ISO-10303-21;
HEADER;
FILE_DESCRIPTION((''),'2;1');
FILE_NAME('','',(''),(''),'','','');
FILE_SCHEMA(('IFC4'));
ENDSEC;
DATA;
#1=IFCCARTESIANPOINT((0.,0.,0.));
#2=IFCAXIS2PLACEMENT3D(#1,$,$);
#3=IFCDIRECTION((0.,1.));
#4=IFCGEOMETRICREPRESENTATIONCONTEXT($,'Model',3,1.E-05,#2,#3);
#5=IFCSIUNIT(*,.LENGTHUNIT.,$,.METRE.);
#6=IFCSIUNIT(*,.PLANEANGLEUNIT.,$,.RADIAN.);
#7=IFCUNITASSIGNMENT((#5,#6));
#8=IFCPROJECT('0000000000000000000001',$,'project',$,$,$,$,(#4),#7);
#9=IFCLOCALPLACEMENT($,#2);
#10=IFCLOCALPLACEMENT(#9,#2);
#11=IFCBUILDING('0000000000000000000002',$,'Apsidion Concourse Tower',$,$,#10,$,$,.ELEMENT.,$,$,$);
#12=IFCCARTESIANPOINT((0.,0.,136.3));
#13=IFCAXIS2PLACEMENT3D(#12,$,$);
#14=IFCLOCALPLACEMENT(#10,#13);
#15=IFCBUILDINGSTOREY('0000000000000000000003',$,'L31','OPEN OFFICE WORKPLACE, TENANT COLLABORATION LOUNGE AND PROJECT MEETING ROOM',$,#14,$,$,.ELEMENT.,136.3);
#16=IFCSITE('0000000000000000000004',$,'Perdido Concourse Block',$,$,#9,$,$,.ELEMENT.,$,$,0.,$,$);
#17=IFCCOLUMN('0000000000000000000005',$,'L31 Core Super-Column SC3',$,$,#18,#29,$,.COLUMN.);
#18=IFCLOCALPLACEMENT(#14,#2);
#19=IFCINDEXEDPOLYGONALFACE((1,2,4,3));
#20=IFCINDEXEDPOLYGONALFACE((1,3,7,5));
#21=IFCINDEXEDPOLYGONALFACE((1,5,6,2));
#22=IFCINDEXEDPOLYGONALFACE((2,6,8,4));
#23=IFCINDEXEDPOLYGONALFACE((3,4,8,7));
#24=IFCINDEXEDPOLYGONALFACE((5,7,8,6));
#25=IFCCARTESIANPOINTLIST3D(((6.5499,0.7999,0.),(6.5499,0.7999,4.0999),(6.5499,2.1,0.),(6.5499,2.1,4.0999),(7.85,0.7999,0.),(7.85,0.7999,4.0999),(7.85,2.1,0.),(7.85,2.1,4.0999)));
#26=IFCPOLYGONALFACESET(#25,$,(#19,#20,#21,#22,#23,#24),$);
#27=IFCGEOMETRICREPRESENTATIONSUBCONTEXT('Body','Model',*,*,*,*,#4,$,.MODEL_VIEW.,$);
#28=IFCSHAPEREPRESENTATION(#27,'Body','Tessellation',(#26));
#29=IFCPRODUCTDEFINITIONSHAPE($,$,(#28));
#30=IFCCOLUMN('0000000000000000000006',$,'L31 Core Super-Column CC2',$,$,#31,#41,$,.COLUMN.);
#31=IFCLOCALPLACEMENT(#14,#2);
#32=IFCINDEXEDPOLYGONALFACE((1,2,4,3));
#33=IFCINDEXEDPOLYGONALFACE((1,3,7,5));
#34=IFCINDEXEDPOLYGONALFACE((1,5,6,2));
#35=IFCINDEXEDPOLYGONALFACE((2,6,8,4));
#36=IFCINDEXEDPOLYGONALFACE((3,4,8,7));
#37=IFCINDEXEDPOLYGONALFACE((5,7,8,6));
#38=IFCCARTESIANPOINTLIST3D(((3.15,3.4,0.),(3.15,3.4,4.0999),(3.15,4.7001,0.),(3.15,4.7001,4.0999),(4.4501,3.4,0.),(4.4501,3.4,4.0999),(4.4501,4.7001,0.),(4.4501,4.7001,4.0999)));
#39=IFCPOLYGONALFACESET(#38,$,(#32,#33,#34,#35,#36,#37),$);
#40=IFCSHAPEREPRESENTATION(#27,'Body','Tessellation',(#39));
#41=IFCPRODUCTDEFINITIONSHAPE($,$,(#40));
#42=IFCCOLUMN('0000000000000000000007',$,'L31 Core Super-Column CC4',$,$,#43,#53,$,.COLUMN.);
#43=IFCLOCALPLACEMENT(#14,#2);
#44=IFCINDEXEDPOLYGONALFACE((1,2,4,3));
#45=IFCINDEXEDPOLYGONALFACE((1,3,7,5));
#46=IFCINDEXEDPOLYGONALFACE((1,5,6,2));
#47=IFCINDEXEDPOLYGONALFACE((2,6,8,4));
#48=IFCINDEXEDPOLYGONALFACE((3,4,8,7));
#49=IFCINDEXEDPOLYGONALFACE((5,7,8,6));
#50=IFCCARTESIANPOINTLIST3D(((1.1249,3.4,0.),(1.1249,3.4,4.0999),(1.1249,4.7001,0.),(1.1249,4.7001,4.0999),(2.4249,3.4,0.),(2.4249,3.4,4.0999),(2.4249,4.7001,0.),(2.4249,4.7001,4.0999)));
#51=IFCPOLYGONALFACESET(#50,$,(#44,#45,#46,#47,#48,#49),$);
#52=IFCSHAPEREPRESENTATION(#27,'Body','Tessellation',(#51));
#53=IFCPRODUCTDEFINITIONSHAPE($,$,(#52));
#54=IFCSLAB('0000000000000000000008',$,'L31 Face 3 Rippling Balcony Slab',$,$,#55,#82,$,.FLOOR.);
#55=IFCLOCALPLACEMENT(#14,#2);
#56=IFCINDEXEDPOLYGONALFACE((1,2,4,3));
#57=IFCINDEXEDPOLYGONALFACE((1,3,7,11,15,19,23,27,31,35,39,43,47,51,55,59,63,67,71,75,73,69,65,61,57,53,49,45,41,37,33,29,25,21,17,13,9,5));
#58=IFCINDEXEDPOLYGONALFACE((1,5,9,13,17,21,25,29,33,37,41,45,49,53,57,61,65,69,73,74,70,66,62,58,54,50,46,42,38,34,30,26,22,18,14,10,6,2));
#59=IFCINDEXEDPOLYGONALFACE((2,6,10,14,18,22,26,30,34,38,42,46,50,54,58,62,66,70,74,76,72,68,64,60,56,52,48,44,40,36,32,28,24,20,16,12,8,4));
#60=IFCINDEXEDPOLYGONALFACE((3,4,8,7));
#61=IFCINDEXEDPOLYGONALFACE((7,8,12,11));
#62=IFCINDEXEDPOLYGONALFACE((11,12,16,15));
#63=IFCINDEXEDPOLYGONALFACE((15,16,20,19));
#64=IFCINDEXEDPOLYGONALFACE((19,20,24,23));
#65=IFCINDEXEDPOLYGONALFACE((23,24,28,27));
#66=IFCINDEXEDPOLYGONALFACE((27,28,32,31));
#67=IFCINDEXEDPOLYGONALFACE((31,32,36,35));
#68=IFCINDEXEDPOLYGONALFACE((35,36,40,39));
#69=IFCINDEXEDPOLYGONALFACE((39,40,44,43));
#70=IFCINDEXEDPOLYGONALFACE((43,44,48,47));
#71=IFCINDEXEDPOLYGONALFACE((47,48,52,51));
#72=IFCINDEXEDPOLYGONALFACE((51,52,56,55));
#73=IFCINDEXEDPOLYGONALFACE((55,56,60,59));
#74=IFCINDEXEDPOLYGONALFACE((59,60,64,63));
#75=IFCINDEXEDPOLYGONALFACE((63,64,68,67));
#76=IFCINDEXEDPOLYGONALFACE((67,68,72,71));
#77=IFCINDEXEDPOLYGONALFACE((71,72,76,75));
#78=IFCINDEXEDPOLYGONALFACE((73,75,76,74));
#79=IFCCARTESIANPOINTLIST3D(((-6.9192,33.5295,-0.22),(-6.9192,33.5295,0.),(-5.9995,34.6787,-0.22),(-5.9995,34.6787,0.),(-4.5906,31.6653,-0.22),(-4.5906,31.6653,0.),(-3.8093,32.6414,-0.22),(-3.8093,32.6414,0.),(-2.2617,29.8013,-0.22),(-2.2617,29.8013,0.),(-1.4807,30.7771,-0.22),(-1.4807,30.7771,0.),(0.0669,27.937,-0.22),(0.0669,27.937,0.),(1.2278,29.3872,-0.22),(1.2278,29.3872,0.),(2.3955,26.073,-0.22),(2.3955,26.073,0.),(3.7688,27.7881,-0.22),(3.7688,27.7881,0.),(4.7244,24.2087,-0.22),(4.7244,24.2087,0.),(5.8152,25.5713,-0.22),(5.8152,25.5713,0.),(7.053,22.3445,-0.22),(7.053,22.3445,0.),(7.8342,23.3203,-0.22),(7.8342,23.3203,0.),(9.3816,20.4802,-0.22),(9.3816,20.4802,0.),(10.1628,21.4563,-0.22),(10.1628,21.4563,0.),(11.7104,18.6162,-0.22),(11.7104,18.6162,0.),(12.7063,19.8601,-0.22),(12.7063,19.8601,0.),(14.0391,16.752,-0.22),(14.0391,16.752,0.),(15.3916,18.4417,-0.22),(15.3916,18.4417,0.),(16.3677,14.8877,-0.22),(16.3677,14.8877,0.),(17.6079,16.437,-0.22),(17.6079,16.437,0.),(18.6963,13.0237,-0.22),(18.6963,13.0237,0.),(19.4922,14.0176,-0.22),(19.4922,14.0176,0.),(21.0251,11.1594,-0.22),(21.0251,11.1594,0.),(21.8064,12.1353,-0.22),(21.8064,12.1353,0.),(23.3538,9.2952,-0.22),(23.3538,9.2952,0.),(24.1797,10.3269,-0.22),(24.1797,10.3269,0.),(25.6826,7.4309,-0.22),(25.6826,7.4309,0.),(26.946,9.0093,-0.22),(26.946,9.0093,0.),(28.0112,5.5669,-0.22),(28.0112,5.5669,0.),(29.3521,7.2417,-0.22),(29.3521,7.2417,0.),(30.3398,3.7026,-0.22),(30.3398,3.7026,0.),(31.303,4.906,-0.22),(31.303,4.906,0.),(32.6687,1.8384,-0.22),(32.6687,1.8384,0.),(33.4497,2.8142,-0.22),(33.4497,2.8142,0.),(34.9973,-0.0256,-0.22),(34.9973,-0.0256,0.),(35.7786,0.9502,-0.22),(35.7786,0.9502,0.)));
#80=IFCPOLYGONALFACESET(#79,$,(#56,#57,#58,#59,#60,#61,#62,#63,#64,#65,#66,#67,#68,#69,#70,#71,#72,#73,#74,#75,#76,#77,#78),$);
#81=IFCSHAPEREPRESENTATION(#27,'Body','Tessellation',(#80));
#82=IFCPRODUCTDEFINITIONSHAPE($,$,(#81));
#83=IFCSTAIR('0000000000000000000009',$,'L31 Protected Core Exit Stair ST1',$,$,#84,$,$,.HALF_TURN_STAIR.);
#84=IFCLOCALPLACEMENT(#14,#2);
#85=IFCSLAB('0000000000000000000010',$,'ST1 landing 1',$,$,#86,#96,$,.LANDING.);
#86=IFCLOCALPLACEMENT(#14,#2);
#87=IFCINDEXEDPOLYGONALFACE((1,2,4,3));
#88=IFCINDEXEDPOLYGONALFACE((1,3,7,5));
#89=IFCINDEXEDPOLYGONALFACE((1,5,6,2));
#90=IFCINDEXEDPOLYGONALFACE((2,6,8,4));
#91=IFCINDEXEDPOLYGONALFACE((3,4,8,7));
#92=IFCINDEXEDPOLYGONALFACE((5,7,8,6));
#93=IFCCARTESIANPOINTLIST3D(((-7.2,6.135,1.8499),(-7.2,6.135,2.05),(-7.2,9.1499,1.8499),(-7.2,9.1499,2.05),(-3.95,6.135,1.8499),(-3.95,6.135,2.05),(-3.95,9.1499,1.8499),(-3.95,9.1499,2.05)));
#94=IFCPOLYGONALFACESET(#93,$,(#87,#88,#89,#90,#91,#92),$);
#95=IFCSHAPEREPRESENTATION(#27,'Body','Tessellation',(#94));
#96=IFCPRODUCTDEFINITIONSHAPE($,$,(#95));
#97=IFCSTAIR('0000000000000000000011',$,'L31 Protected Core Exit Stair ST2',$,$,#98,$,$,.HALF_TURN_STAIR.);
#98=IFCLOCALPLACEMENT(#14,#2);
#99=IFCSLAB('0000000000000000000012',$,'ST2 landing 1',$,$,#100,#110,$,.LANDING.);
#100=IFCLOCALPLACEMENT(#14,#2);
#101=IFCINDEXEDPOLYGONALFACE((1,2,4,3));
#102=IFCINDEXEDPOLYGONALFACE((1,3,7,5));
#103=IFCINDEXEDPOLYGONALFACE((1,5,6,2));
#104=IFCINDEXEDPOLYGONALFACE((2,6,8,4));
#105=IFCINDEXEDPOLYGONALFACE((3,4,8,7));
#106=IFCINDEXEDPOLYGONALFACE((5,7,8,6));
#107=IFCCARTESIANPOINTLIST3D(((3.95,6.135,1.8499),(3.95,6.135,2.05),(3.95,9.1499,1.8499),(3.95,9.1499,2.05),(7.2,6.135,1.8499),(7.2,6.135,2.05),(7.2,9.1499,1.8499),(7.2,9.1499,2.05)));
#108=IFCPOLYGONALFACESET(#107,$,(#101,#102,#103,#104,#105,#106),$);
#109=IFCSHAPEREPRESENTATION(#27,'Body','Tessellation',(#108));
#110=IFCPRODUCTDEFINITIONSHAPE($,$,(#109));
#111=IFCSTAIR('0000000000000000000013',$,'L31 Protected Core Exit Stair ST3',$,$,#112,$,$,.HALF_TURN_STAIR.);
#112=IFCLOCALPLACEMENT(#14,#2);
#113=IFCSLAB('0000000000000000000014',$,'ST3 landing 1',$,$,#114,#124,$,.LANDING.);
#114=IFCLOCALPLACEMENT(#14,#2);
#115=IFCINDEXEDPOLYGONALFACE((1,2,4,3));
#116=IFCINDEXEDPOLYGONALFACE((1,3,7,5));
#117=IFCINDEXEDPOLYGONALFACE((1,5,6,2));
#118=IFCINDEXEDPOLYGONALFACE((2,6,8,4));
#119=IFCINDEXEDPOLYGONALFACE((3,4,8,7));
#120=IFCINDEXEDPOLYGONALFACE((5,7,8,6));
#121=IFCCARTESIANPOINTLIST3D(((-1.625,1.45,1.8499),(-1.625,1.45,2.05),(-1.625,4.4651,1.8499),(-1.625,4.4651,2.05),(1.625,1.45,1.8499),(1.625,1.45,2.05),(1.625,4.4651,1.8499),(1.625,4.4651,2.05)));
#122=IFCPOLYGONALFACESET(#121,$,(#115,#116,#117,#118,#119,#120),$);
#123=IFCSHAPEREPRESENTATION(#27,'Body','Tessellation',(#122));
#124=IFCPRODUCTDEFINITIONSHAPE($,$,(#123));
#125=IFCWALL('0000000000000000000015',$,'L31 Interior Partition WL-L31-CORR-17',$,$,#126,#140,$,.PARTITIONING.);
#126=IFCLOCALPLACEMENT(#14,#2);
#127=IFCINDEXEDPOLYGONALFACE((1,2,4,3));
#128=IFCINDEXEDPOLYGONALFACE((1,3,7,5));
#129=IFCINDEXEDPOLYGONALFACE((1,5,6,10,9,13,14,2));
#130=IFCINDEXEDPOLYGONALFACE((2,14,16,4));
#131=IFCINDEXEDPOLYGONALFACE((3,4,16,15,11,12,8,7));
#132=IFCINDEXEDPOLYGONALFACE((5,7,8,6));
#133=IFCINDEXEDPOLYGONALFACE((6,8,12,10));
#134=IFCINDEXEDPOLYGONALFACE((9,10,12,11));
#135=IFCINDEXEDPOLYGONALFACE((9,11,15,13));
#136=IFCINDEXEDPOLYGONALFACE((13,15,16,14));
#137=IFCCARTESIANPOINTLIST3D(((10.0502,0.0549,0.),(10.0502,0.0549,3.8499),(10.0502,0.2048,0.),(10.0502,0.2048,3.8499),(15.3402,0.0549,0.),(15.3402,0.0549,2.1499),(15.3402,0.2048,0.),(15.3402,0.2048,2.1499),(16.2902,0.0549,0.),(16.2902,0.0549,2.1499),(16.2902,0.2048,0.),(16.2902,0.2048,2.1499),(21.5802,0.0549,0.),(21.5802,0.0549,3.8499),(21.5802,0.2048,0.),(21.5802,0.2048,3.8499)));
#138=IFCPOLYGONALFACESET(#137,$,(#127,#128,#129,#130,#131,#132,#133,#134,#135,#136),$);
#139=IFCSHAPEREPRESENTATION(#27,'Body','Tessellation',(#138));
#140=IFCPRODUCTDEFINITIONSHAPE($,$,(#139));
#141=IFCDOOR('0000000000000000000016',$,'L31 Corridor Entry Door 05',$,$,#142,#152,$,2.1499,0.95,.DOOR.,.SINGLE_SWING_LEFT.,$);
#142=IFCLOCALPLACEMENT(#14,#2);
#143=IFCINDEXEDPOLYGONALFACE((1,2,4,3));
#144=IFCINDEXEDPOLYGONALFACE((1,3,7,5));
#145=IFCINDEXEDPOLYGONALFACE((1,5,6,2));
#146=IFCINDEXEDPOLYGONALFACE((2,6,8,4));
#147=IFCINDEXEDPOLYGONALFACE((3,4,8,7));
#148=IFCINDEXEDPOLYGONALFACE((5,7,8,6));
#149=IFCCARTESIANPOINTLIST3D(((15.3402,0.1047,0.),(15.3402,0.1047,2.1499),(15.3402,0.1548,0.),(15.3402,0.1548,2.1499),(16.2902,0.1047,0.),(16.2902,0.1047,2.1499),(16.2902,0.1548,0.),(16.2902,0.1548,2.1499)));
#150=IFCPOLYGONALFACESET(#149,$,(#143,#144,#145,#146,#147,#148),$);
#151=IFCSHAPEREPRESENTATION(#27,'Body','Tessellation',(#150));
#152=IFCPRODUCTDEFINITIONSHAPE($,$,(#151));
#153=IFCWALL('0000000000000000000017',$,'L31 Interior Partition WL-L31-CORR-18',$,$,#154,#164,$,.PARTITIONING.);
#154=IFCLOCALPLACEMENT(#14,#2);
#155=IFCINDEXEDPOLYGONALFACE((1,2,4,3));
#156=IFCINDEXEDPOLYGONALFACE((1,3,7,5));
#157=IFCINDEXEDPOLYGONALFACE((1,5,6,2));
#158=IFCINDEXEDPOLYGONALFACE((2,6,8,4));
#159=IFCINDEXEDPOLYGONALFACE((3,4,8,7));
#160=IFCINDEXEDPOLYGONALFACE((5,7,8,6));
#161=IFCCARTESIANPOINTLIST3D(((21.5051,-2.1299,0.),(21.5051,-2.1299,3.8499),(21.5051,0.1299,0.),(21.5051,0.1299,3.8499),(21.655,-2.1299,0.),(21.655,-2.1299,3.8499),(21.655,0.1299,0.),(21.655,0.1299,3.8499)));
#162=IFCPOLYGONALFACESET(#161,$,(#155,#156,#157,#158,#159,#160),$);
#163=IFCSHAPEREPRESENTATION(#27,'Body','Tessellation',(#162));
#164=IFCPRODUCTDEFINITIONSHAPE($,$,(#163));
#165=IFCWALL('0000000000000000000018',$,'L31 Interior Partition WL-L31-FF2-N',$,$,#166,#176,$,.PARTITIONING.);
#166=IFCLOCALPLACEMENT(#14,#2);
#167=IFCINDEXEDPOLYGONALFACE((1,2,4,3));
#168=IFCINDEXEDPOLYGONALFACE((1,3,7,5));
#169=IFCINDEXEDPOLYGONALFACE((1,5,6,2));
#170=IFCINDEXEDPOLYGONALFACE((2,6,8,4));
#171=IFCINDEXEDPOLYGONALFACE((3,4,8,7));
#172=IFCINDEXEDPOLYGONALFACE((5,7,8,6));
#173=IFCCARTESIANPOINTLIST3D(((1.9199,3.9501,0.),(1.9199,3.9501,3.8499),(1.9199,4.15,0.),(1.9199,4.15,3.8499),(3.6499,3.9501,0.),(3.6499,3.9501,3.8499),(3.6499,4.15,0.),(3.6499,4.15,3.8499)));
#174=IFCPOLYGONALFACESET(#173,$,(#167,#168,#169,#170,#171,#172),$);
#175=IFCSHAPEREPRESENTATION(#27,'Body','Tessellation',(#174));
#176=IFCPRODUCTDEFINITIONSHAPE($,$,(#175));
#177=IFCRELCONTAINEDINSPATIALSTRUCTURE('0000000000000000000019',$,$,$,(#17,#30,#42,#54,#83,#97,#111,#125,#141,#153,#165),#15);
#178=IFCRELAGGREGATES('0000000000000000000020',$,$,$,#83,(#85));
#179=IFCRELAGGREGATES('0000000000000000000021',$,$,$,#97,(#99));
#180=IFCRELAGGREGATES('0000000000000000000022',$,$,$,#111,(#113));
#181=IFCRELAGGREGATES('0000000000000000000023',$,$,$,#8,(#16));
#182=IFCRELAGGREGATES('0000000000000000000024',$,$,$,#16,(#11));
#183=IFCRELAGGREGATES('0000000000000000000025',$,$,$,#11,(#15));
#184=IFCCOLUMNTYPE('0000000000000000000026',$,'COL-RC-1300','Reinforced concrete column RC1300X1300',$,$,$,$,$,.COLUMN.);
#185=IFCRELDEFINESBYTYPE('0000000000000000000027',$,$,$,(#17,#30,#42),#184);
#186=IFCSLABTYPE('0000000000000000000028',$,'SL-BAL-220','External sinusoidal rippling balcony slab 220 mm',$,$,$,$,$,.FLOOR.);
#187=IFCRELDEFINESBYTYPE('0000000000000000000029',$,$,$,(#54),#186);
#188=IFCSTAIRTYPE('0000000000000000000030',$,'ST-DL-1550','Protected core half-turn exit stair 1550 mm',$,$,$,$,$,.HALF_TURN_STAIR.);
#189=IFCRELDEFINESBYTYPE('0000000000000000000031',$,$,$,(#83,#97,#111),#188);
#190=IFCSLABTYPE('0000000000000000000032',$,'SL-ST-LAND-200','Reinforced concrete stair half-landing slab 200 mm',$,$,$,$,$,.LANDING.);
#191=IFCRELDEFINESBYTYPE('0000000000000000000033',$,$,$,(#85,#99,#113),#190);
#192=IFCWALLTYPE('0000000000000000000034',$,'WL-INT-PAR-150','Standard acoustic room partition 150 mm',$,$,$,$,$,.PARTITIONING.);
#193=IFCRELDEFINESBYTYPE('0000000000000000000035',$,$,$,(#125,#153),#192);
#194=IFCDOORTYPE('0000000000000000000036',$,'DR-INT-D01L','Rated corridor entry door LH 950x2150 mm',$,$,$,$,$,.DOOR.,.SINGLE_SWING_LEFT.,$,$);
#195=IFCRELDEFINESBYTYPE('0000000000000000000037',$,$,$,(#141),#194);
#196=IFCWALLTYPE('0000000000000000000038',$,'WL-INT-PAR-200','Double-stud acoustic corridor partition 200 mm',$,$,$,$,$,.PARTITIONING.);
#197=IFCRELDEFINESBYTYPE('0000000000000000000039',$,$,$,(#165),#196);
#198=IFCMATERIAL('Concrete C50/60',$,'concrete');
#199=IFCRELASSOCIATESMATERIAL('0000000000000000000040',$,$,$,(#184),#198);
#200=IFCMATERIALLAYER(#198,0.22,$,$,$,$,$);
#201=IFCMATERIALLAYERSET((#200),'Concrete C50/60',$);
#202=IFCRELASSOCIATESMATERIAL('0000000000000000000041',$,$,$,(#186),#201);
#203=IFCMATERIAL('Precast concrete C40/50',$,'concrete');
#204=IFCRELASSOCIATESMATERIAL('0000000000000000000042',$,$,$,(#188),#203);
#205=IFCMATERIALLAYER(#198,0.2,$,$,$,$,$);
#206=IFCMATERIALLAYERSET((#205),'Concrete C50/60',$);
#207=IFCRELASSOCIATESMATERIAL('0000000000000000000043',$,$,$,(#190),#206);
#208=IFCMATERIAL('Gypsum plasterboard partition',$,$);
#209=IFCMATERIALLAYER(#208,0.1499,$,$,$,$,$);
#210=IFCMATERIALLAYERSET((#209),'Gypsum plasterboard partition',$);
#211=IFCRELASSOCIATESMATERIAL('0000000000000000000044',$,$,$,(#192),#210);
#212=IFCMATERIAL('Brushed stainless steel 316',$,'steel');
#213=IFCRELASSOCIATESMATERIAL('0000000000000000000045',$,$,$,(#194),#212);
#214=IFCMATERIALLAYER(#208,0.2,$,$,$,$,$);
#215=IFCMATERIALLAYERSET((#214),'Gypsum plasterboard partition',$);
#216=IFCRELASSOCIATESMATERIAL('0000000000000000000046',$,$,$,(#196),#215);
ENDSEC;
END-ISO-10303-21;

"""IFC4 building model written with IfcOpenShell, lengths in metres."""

from ifc_helpers import new_model, si_unit, direction, frame, frame_2d, origin, origin_2d, place, context, subcontext, project, spatial, polyline, rectangle, outline, extrude, material, layer, layer_set, material_profile, profile_set, type_object, element, fill, aggregate, save


model = new_model("IFC4")

# Units and contexts
model_context = context("Model", 3, precision=1e-05, world=origin(), true_north=direction((0.0, 1.0)))
body_context = subcontext(model_context, "Body", "Model", "MODEL_VIEW")
ifc_project = project(units=[si_unit("LENGTHUNIT", "METRE"), si_unit("PLANEANGLEUNIT", "RADIAN")], contexts=[model_context])

# Site, building, storey
site_placement = place(None, origin())
site = spatial("IfcSite", under=ifc_project, at=site_placement, Name="Perdido Concourse Block", CompositionType="ELEMENT", RefElevation=0.0)
building_placement = place(site_placement, origin())
building = spatial("IfcBuilding", under=site, at=building_placement, Name="Apsidion Concourse Tower", CompositionType="ELEMENT")
storey_placement = place(building_placement, frame((0.0, 0.0, 136.3)))
storey = spatial("IfcBuildingStorey", under=building, at=storey_placement, Name="L31", Description="OPEN OFFICE WORKPLACE, TENANT COLLABORATION LOUNGE AND PROJECT MEETING ROOM", CompositionType="ELEMENT", Elevation=136.3)

# Columns
ifc_material_1 = material(Name="Concrete C50/60", Category="concrete")
ifc_material_profile = material_profile(ifc_material_1, rectangle(XDim=1.3, YDim=1.3, at=origin_2d()), Name="RC 1300x1300")
ifc_profile_set = profile_set([ifc_material_profile], Name="Concrete C50/60")
column_type = type_object("IfcColumnType", Name="COL-RC-1300", Description="Reinforced concrete column RC1300X1300", PredefinedType="COLUMN", material=ifc_profile_set)
for number, where, z_axis, x_axis, name in (
    (1, (7.2, 1.45, 0.0), (0.0, 0.0, 1.0), (1.0, 0.0, 0.0), "L31 Core Super-Column SC3"),
    (2, (3.8, 4.05, 0.0), (0.0, 0.0, 1.0), (1.0, 0.0, 0.0), "L31 Core Super-Column CC2"),
    (3, (1.7749, 4.05, 0.0), (0.0, 0.0, 1.0), (1.0, 0.0, 0.0), "L31 Core Super-Column CC4"),
):
    element("IfcColumn", number, at=place(storey_placement, frame(where, z_axis=z_axis, x_axis=x_axis)), inside=storey, type_object=column_type, Name=name, PredefinedType="COLUMN", context=body_context, shape_type="SweptSolid", body=[
        extrude(rectangle(XDim=1.3, YDim=1.3, at=origin_2d()), origin(), (0.0, 0.0, 1.0), 4.0999),
    ])

# Slab
ifc_layer_1 = layer(ifc_material_1, 0.22)
ifc_layer_set_1 = layer_set([ifc_layer_1], Name="Concrete C50/60")
slab_type_1 = type_object("IfcSlabType", Name="SL-BAL-220", Description="External sinusoidal rippling balcony slab 220 mm", PredefinedType="FLOOR", material=ifc_layer_set_1)
slab_1_placement = place(storey_placement, frame((0.0, 0.0, -0.22)))
element("IfcSlab", 4, at=slab_1_placement, inside=storey, type_object=slab_type_1, Name="L31 Face 3 Rippling Balcony Slab", PredefinedType="FLOOR", context=body_context, shape_type="SweptSolid", body=[
    extrude(outline(polyline([(34.9973, -0.0256), (32.6687, 1.8384), (30.3398, 3.7026), (28.0112, 5.5669), (25.6826, 7.4309), (23.3538, 9.2952), (21.0251, 11.1594), (18.6963, 13.0237), (16.3677, 14.8877), (14.0391, 16.752), (11.7104, 18.6162), (9.3816, 20.4802), (7.053, 22.3445), (4.7244, 24.2087), (2.3955, 26.073), (0.0669, 27.937), (-2.2617, 29.8013), (-4.5906, 31.6653), (-6.9192, 33.5295), (-5.9995, 34.6787), (-3.8093, 32.6414), (-1.4807, 30.7771), (1.2278, 29.3872), (3.7688, 27.7881), (5.8152, 25.5713), (7.8342, 23.3203), (10.1628, 21.4563), (12.7063, 19.8601), (15.3916, 18.4417), (17.6079, 16.437), (19.4922, 14.0176), (21.8064, 12.1353), (24.1797, 10.3269), (26.946, 9.0093), (29.3521, 7.2417), (31.303, 4.906), (33.4497, 2.8142), (35.7786, 0.9502), (34.9973, -0.0256)])), origin(), (0.0, 0.0, 1.0), 0.22),
])

# Stairs, slabs
ifc_material_2 = material(Name="Precast concrete C40/50", Category="concrete")
stair_type = type_object("IfcStairType", Name="ST-DL-1550", Description="Protected core half-turn exit stair 1550 mm", PredefinedType="HALF_TURN_STAIR", material=ifc_material_2)
stair_1_placement = place(storey_placement, origin())
stair_1 = element("IfcStair", 5, at=stair_1_placement, inside=storey, type_object=stair_type, Name="L31 Protected Core Exit Stair ST1", PredefinedType="HALF_TURN_STAIR")
ifc_layer_2 = layer(ifc_material_1, 0.2)
ifc_layer_set_2 = layer_set([ifc_layer_2], Name="Concrete C50/60")
slab_type_2 = type_object("IfcSlabType", Name="SL-ST-LAND-200", Description="Reinforced concrete stair half-landing slab 200 mm", PredefinedType="LANDING", material=ifc_layer_set_2)
slab_2_placement = place(storey_placement, frame((0.0, 0.0, 1.8499)))
slab_2 = element("IfcSlab", 6, at=slab_2_placement, type_object=slab_type_2, Name="ST1 landing 1", PredefinedType="LANDING", context=body_context, shape_type="SweptSolid", body=[
    extrude(outline(polyline([(-3.95, 6.135), (-3.95, 9.1499), (-7.2, 9.1499), (-7.2, 6.135), (-3.95, 6.135)])), origin(), (0.0, 0.0, 1.0), 0.2002),
])
aggregate(stair_1, [slab_2])
stair_2_placement = place(storey_placement, origin())
stair_2 = element("IfcStair", 7, at=stair_2_placement, inside=storey, type_object=stair_type, Name="L31 Protected Core Exit Stair ST2", PredefinedType="HALF_TURN_STAIR")
slab_3_placement = place(storey_placement, frame((0.0, 0.0, 1.8499)))
slab_3 = element("IfcSlab", 8, at=slab_3_placement, type_object=slab_type_2, Name="ST2 landing 1", PredefinedType="LANDING", context=body_context, shape_type="SweptSolid", body=[
    extrude(outline(polyline([(7.2, 6.135), (7.2, 9.1499), (3.95, 9.1499), (3.95, 6.135), (7.2, 6.135)])), origin(), (0.0, 0.0, 1.0), 0.2002),
])
stair_3_placement = place(storey_placement, origin())
stair_3 = element("IfcStair", 9, at=stair_3_placement, inside=storey, type_object=stair_type, Name="L31 Protected Core Exit Stair ST3", PredefinedType="HALF_TURN_STAIR")
slab_4_placement = place(storey_placement, frame((0.0, 0.0, 1.8499)))
slab_4 = element("IfcSlab", 10, at=slab_4_placement, type_object=slab_type_2, Name="ST3 landing 1", PredefinedType="LANDING", context=body_context, shape_type="SweptSolid", body=[
    extrude(outline(polyline([(-1.625, 4.4651), (-1.625, 1.45), (1.625, 1.45), (1.625, 4.4651), (-1.625, 4.4651)])), origin(), (0.0, 0.0, 1.0), 0.2002),
])

# Wall, opening, door
ifc_material_3 = material(Name="Gypsum plasterboard partition")
ifc_layer_3 = layer(ifc_material_3, 0.1499)
ifc_layer_set_3 = layer_set([ifc_layer_3], Name="Gypsum plasterboard partition")
wall_type_1 = type_object("IfcWallType", Name="WL-INT-PAR-150", Description="Standard acoustic room partition 150 mm", PredefinedType="PARTITIONING", material=ifc_layer_set_3)
wall_1_placement = place(storey_placement, frame((10.05, 0.1299, 0.0), z_axis=(0.0, 0.0, 1.0), x_axis=(1.0, 0.0, 0.0)))
wall_1 = element("IfcWall", 11, at=wall_1_placement, inside=storey, type_object=wall_type_1, Name="L31 Interior Partition WL-L31-CORR-17", PredefinedType="PARTITIONING", context=body_context, shape_type="SweptSolid", body=[
    extrude(rectangle(XDim=11.53, YDim=0.1499, at=frame_2d((5.7651, 0.0))), origin(), (0.0, 0.0, 1.0), 3.8499),
])
opening_placement = place(wall_1_placement, frame((5.29, 0.0, 0.0)))
opening = element("IfcOpeningElement", 12, at=opening_placement, cuts=wall_1, PredefinedType="OPENING", context=body_context, shape_type="SweptSolid", body=[
    extrude(rectangle(XDim=0.95, YDim=2.1499, at=frame_2d((0.4751, 1.075))), frame((0.0, 0.085, 0.0), z_axis=(0.0, -1.0, 0.0), x_axis=(1.0, 0.0, 0.0)), (0.0, 0.0, 1.0), 0.1699),
])
ifc_material_4 = material(Name="Brushed stainless steel 316", Category="steel")
door_type = type_object("IfcDoorType", Name="DR-INT-D01L", Description="Rated corridor entry door LH 950x2150 mm", OperationType="SINGLE_SWING_LEFT", PredefinedType="DOOR", material=ifc_material_4)
door_placement = place(opening_placement, origin())
door = element("IfcDoor", 13, at=door_placement, inside=storey, type_object=door_type, Name="L31 Corridor Entry Door 05", OperationType="SINGLE_SWING_LEFT", OverallHeight=2.1499, OverallWidth=0.95, PredefinedType="DOOR", context=body_context, shape_type="SweptSolid", body=[
    extrude(rectangle(XDim=0.95, YDim=2.1499, at=frame_2d((0.4751, 1.075))), frame((0.0, 0.0249, 0.0), z_axis=(0.0, -1.0, 0.0), x_axis=(1.0, 0.0, 0.0)), (0.0, 0.0, 1.0), 0.05),
])
fill(opening, door)

# Walls
wall_2_placement = place(storey_placement, frame((21.5801, 0.1299, 0.0), z_axis=(0.0, 0.0, 1.0), x_axis=(0.0, -1.0, 0.0)))
element("IfcWall", 14, at=wall_2_placement, inside=storey, type_object=wall_type_1, Name="L31 Interior Partition WL-L31-CORR-18", PredefinedType="PARTITIONING", context=body_context, shape_type="SweptSolid", body=[
    extrude(rectangle(XDim=2.2598, YDim=0.1499, at=frame_2d((1.1299, 0.0))), origin(), (0.0, 0.0, 1.0), 3.8499),
])
ifc_layer_4 = layer(ifc_material_3, 0.2)
ifc_layer_set_4 = layer_set([ifc_layer_4], Name="Gypsum plasterboard partition")
wall_type_2 = type_object("IfcWallType", Name="WL-INT-PAR-200", Description="Double-stud acoustic corridor partition 200 mm", PredefinedType="PARTITIONING", material=ifc_layer_set_4)
wall_3_placement = place(storey_placement, frame((1.9199, 4.05, 0.0), z_axis=(0.0, 0.0, 1.0), x_axis=(1.0, 0.0, 0.0)))
element("IfcWall", 15, at=wall_3_placement, inside=storey, type_object=wall_type_2, Name="L31 Interior Partition WL-L31-FF2-N", PredefinedType="PARTITIONING", context=body_context, shape_type="SweptSolid", body=[
    extrude(rectangle(XDim=1.73, YDim=0.2, at=frame_2d((0.865, 0.0))), origin(), (0.0, 0.0, 1.0), 3.8499),
])

aggregate(stair_2, [slab_3])
aggregate(stair_3, [slab_4])

save(model, "model.ifc")
